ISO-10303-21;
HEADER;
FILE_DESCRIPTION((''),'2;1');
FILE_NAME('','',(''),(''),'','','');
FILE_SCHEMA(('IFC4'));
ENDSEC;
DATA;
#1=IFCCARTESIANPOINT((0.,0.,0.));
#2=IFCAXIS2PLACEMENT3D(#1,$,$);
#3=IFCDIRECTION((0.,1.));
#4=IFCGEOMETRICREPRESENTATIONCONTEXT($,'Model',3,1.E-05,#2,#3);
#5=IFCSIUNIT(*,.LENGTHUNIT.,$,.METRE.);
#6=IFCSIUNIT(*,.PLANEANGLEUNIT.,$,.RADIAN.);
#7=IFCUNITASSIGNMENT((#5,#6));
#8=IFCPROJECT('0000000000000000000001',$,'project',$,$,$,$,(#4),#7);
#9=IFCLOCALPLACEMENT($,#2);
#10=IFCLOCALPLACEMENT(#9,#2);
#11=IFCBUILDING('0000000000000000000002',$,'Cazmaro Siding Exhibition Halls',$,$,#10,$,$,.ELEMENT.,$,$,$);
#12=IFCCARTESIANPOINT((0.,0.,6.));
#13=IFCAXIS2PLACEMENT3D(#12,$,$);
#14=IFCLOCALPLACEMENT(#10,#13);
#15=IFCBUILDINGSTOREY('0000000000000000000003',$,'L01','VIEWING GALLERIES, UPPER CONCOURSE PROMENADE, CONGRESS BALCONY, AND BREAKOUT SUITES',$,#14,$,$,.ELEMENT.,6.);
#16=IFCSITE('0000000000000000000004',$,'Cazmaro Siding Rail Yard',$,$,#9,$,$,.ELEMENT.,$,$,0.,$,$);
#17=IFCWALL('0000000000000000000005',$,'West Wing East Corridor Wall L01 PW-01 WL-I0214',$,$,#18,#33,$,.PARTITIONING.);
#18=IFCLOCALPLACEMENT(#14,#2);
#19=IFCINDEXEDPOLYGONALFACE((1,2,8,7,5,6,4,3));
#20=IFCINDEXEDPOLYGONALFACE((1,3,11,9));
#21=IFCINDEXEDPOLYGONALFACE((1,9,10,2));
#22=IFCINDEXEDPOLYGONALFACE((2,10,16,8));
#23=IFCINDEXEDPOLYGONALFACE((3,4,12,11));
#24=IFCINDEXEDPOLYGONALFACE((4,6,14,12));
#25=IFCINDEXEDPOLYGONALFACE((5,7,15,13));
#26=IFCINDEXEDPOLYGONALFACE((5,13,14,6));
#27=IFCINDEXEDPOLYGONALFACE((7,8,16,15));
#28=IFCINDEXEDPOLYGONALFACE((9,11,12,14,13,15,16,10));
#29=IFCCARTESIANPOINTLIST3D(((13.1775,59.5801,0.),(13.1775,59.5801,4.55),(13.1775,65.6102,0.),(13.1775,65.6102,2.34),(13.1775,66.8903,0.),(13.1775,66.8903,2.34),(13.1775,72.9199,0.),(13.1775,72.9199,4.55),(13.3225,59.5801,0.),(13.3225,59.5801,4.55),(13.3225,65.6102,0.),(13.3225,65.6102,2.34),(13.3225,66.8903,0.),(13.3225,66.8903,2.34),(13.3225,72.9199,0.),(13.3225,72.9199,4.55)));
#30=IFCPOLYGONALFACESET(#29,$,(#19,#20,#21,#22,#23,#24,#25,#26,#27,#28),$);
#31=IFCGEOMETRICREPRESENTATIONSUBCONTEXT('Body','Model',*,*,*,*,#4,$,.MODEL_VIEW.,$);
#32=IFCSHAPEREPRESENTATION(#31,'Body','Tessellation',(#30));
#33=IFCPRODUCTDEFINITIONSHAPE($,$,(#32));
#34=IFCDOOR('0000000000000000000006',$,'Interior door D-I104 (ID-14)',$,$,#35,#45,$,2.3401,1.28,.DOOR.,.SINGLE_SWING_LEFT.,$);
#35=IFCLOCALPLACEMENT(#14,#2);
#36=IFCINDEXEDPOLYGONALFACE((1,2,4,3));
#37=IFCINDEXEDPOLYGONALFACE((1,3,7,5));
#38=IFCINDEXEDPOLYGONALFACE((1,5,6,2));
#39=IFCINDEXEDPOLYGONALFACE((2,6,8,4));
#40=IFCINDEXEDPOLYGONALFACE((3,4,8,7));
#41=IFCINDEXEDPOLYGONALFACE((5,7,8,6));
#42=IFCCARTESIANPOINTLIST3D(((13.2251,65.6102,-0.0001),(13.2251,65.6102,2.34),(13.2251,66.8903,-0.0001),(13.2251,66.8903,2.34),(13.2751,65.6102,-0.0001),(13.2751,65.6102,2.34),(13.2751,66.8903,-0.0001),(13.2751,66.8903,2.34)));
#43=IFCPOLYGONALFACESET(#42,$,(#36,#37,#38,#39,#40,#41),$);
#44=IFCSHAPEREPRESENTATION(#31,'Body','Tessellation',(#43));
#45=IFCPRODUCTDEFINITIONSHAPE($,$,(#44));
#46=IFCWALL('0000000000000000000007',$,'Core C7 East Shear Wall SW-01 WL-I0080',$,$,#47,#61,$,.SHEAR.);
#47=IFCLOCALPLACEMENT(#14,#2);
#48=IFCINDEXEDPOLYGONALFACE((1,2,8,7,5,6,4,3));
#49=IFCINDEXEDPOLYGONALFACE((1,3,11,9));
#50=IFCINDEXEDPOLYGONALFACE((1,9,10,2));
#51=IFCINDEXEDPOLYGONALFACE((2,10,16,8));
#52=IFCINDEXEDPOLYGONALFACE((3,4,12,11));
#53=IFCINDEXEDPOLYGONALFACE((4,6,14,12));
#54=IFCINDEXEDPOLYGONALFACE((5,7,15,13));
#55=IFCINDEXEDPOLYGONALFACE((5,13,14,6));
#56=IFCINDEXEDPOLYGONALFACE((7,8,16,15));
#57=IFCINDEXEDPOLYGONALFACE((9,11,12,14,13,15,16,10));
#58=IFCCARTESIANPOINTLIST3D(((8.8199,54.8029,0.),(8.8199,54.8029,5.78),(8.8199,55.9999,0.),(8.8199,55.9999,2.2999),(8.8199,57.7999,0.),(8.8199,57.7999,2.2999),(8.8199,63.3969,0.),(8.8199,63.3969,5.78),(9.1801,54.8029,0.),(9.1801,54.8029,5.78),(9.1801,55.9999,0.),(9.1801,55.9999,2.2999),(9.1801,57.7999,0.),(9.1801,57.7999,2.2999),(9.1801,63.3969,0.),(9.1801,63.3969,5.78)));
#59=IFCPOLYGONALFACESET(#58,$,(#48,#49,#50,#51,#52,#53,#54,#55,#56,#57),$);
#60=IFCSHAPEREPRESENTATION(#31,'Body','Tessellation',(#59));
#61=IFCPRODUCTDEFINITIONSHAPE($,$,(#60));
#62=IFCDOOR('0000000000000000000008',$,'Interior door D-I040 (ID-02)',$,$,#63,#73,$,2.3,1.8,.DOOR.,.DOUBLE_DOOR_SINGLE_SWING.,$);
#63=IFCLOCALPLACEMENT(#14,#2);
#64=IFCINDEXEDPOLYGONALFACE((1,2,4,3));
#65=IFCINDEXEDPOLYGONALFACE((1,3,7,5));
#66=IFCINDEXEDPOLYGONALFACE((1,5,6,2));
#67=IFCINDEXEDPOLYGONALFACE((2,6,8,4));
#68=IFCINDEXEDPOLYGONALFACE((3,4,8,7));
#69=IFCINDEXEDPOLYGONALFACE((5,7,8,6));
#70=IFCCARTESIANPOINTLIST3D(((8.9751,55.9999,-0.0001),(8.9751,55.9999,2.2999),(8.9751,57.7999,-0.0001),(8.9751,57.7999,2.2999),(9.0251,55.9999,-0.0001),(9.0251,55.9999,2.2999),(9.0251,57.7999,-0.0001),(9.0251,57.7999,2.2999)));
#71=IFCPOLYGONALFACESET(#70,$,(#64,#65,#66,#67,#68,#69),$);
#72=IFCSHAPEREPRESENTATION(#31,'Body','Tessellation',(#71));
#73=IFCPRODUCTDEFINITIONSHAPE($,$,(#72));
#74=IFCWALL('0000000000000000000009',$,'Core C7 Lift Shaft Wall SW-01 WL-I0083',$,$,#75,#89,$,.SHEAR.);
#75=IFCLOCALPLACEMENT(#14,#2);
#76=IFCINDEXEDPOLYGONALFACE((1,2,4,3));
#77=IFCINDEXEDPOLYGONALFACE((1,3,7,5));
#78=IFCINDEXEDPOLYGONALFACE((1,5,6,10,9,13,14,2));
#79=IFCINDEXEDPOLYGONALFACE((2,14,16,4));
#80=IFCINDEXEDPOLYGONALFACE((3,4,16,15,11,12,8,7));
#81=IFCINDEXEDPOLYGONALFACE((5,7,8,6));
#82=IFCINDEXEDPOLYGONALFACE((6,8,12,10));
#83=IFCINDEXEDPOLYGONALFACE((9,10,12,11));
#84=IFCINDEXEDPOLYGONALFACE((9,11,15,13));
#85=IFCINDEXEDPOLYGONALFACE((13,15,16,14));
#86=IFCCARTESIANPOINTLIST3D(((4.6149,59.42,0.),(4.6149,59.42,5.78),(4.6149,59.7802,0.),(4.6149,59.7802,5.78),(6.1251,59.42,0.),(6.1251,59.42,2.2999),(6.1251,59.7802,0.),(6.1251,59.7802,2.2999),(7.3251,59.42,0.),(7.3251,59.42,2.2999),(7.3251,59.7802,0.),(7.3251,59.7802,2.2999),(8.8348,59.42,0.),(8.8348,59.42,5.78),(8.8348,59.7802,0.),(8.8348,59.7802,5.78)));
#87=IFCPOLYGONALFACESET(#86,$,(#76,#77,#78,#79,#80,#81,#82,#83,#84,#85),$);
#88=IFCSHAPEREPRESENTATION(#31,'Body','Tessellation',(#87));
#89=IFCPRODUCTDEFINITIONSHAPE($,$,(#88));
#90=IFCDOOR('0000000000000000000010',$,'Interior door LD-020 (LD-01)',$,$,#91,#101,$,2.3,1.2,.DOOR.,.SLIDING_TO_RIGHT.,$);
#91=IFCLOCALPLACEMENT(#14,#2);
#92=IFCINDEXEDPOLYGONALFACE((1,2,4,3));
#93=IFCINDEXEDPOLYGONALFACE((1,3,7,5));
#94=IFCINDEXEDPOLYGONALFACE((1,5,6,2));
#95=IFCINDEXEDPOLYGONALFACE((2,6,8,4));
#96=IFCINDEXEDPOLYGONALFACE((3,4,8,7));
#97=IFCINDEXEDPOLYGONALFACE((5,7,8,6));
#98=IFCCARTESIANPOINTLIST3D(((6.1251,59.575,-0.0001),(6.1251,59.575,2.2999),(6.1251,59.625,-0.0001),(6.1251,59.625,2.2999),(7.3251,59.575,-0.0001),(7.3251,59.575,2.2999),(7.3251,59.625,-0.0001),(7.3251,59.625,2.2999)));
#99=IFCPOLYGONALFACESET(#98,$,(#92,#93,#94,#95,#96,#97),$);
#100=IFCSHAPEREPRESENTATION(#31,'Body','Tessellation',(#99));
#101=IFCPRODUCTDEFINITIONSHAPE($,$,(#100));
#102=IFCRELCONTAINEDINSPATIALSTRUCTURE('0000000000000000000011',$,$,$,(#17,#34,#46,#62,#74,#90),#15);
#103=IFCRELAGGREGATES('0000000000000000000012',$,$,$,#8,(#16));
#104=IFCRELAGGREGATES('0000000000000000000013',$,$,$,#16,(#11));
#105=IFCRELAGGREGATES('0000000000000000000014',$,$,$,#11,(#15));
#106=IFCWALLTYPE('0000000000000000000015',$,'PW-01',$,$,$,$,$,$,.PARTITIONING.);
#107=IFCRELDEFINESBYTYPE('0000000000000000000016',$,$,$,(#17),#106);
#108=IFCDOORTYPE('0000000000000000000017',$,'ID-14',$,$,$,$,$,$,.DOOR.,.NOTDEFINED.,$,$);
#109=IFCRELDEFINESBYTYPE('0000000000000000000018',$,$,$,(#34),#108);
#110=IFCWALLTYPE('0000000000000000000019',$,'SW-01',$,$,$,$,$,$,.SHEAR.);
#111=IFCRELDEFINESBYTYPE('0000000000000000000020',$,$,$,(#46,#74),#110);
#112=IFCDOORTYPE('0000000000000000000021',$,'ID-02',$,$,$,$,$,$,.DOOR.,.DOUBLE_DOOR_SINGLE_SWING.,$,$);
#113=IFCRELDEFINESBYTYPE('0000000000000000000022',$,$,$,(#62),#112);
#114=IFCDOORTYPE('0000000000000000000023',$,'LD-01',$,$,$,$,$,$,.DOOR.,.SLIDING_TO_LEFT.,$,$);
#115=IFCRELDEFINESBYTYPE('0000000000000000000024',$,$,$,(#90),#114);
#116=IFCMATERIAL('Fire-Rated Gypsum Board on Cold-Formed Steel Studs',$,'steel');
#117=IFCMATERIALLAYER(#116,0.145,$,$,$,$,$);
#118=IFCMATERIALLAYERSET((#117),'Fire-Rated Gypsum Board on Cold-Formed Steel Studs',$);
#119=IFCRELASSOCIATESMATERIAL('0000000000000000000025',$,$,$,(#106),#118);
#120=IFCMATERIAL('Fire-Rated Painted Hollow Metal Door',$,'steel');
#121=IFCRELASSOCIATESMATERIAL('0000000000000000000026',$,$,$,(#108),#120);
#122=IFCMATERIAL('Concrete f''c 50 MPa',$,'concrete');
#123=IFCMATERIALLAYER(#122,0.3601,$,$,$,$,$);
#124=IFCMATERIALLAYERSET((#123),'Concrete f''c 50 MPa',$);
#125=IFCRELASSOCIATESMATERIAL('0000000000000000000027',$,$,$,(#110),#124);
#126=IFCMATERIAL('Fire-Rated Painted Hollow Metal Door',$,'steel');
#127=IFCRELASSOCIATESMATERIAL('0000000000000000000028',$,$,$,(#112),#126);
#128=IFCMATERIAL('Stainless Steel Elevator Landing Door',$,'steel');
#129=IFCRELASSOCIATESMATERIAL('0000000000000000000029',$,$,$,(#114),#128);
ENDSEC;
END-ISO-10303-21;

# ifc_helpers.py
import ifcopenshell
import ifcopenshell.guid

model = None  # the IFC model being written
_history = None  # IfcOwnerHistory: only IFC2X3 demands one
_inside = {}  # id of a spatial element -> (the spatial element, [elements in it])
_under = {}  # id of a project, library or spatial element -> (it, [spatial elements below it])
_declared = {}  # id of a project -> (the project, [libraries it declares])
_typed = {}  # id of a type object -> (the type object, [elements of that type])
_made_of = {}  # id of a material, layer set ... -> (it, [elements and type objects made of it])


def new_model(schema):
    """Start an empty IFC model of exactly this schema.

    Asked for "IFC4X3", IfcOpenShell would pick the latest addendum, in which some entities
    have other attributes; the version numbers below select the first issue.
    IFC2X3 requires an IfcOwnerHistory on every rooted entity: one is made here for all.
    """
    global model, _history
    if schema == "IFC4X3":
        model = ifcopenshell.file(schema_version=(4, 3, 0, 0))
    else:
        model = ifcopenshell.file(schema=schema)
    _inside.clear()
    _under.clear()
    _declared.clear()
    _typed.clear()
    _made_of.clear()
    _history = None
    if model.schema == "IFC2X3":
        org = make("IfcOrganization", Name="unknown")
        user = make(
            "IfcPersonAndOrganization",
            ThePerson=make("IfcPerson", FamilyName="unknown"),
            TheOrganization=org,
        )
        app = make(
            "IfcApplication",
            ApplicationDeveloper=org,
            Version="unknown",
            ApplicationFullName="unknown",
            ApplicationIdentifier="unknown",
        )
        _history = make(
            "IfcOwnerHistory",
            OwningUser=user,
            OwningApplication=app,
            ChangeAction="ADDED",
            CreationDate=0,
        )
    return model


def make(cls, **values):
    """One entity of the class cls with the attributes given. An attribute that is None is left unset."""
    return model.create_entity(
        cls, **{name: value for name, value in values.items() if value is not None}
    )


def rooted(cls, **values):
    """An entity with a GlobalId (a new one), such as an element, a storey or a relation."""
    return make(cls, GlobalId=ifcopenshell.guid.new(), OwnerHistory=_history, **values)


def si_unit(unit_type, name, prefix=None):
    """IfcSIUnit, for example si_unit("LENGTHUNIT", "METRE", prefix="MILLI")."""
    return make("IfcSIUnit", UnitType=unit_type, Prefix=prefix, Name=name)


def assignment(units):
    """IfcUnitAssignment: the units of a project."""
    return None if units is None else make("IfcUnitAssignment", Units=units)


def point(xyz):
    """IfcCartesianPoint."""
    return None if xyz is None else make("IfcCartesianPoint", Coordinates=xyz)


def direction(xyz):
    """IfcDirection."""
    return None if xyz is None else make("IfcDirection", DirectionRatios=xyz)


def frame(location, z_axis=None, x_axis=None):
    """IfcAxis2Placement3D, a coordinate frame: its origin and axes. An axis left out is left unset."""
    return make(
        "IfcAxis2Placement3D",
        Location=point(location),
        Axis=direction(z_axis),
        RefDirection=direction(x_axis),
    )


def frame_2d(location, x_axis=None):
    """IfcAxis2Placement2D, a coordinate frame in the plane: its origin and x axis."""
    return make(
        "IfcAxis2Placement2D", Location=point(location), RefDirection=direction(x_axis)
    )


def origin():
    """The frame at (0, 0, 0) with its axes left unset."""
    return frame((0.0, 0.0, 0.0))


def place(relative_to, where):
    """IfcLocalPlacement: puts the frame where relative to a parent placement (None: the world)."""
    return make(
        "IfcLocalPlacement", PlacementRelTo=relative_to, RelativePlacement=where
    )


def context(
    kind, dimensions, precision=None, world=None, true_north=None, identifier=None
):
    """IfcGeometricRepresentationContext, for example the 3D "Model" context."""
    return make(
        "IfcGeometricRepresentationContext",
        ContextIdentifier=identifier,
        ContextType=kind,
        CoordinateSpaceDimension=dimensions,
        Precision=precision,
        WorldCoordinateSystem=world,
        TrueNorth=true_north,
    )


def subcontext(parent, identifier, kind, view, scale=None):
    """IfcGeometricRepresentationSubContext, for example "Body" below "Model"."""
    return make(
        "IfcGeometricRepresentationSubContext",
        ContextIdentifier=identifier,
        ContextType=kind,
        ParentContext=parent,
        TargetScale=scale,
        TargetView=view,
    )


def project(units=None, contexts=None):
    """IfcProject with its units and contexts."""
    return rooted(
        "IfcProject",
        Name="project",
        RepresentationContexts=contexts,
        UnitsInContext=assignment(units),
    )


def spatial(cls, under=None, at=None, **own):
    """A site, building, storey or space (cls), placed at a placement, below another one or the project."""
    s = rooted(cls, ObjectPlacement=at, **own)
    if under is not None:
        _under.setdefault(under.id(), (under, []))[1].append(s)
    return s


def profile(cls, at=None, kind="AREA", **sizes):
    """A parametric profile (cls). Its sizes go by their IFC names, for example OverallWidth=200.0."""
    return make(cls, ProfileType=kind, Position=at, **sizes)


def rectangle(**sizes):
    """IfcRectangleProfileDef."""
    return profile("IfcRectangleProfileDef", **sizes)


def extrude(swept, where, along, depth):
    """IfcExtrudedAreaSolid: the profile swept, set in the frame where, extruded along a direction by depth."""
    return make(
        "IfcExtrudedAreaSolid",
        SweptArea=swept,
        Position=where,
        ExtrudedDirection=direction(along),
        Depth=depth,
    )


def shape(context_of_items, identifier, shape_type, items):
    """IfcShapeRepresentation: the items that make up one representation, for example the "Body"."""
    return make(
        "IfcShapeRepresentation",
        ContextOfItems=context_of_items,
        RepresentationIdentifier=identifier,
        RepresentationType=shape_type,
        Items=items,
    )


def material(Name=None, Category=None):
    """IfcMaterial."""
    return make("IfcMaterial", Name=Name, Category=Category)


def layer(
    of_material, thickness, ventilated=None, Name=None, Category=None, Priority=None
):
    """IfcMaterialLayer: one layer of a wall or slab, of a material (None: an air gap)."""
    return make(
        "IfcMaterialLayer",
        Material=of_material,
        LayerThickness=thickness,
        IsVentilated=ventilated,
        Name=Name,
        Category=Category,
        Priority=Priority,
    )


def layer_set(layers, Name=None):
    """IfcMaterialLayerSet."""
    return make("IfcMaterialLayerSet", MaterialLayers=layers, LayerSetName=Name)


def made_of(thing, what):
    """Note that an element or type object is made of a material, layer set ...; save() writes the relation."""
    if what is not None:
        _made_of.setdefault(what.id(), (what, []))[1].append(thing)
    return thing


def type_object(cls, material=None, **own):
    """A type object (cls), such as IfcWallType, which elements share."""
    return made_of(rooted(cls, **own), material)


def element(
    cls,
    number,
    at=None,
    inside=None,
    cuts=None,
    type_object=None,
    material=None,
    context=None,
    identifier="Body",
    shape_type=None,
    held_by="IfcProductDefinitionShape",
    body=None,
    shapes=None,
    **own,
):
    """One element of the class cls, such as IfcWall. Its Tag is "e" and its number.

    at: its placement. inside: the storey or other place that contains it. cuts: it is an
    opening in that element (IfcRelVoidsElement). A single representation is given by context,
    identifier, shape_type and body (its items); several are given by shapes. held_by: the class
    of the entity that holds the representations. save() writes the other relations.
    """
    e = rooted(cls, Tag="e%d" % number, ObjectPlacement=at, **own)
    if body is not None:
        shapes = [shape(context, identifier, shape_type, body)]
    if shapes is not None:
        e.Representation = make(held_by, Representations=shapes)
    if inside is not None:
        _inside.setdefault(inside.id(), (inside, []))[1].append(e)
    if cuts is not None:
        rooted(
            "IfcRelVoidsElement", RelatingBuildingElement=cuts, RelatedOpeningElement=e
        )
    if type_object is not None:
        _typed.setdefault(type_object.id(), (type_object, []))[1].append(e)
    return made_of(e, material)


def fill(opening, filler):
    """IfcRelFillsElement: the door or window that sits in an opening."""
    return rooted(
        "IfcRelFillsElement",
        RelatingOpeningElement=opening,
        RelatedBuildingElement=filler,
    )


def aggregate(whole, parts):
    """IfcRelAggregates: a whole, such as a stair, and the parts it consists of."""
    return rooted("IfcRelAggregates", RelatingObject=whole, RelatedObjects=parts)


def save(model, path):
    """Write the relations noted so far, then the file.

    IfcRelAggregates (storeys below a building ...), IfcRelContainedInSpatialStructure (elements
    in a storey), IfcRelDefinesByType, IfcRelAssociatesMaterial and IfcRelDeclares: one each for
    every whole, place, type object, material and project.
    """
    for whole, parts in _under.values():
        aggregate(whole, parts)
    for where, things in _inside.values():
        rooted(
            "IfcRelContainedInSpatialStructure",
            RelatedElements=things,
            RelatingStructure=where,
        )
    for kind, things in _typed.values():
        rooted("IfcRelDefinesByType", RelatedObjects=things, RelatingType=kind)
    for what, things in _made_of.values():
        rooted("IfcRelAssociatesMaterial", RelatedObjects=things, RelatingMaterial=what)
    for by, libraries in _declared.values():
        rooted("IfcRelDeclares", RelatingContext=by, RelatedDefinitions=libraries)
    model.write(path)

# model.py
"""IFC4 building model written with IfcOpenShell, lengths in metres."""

from ifc_helpers import new_model, si_unit, direction, frame, frame_2d, origin, place, context, subcontext, project, spatial, rectangle, extrude, material, layer, layer_set, type_object, element, fill, save


model = new_model("IFC4")

# Units and contexts
model_context = context("Model", 3, precision=1e-05, world=origin(), true_north=direction((0.0, 1.0)))
body_context = subcontext(model_context, "Body", "Model", "MODEL_VIEW")
ifc_project = project(units=[si_unit("LENGTHUNIT", "METRE"), si_unit("PLANEANGLEUNIT", "RADIAN")], contexts=[model_context])

# Site, building, storey
site_placement = place(None, origin())
site = spatial("IfcSite", under=ifc_project, at=site_placement, Name="Cazmaro Siding Rail Yard", CompositionType="ELEMENT", RefElevation=0.0)
building_placement = place(site_placement, origin())
building = spatial("IfcBuilding", under=site, at=building_placement, Name="Cazmaro Siding Exhibition Halls", CompositionType="ELEMENT")
storey_placement = place(building_placement, frame((0.0, 0.0, 6.0)))
storey = spatial("IfcBuildingStorey", under=building, at=storey_placement, Name="L01", Description="VIEWING GALLERIES, UPPER CONCOURSE PROMENADE, CONGRESS BALCONY, AND BREAKOUT SUITES", CompositionType="ELEMENT", Elevation=6.0)

# Shared definitions
ifc_material_1 = material(Name="Fire-Rated Gypsum Board on Cold-Formed Steel Studs", Category="steel")
ifc_layer_1 = layer(ifc_material_1, 0.145)
ifc_layer_set_1 = layer_set([ifc_layer_1], Name="Fire-Rated Gypsum Board on Cold-Formed Steel Studs")
wall_type_1 = type_object("IfcWallType", Name="PW-01", PredefinedType="PARTITIONING", material=ifc_layer_set_1)

# Walls, openings, doors
wall_1_placement = place(storey_placement, frame((13.25, 59.5801, 0.0), z_axis=(0.0, 0.0, 1.0), x_axis=(0.0, 1.0, 0.0)))
wall_1 = element("IfcWall", 1, at=wall_1_placement, inside=storey, type_object=wall_type_1, Name="West Wing East Corridor Wall L01 PW-01 WL-I0214", PredefinedType="PARTITIONING", context=body_context, shape_type="SweptSolid", body=[
    extrude(rectangle(XDim=13.3398, YDim=0.145, at=frame_2d((6.6699, 0.0))), origin(), (0.0, 0.0, 1.0), 4.55),
])
opening_1_placement = place(wall_1_placement, frame((6.03, 0.0, 0.0)))
opening_1 = element("IfcOpeningElement", 2, at=opening_1_placement, cuts=wall_1, PredefinedType="OPENING", context=body_context, shape_type="SweptSolid", body=[
    extrude(rectangle(XDim=1.28, YDim=2.3401, at=frame_2d((0.6401, 1.1699))), frame((0.0, 0.0825, 0.0), z_axis=(0.0, -1.0, 0.0), x_axis=(1.0, 0.0, 0.0)), (0.0, 0.0, 1.0), 0.165),
])
ifc_material_2 = material(Name="Fire-Rated Painted Hollow Metal Door", Category="steel")
door_type_1 = type_object("IfcDoorType", Name="ID-14", OperationType="NOTDEFINED", PredefinedType="DOOR", material=ifc_material_2)
door_1_placement = place(opening_1_placement, origin())
door_1 = element("IfcDoor", 3, at=door_1_placement, inside=storey, type_object=door_type_1, Name="Interior door D-I104 (ID-14)", OperationType="SINGLE_SWING_LEFT", OverallHeight=2.3401, OverallWidth=1.28, PredefinedType="DOOR", context=body_context, shape_type="SweptSolid", body=[
    extrude(rectangle(XDim=1.28, YDim=2.3401, at=frame_2d((0.6401, 1.1699))), frame((0.0, 0.0249, 0.0), z_axis=(0.0, -1.0, 0.0), x_axis=(1.0, 0.0, 0.0)), (0.0, 0.0, 1.0), 0.05),
])
fill(opening_1, door_1)
ifc_material_3 = material(Name="Concrete f'c 50 MPa", Category="concrete")
ifc_layer_2 = layer(ifc_material_3, 0.3601)
ifc_layer_set_2 = layer_set([ifc_layer_2], Name="Concrete f'c 50 MPa")
wall_type_2 = type_object("IfcWallType", Name="SW-01", PredefinedType="SHEAR", material=ifc_layer_set_2)
wall_2_placement = place(storey_placement, frame((9.0, 54.803, 0.0), z_axis=(0.0, 0.0, 1.0), x_axis=(0.0, 1.0, 0.0)))
wall_2 = element("IfcWall", 4, at=wall_2_placement, inside=storey, type_object=wall_type_2, Name="Core C7 East Shear Wall SW-01 WL-I0080", PredefinedType="SHEAR", context=body_context, shape_type="SweptSolid", body=[
    extrude(rectangle(XDim=8.594, YDim=0.3601, at=frame_2d((4.2969, 0.0))), origin(), (0.0, 0.0, 1.0), 5.78),
])
opening_2_placement = place(wall_2_placement, frame((1.197, 0.0, 0.0)))
opening_2 = element("IfcOpeningElement", 5, at=opening_2_placement, cuts=wall_2, PredefinedType="OPENING", context=body_context, shape_type="SweptSolid", body=[
    extrude(rectangle(XDim=1.8, YDim=2.3, at=frame_2d((0.8999, 1.1499))), frame((0.0, 0.1899, 0.0), z_axis=(0.0, -1.0, 0.0), x_axis=(1.0, 0.0, 0.0)), (0.0, 0.0, 1.0), 0.3801),
])
ifc_material_4 = material(Name="Fire-Rated Painted Hollow Metal Door", Category="steel")
door_type_2 = type_object("IfcDoorType", Name="ID-02", OperationType="DOUBLE_DOOR_SINGLE_SWING", PredefinedType="DOOR", material=ifc_material_4)
door_2_placement = place(opening_2_placement, origin())
door_2 = element("IfcDoor", 6, at=door_2_placement, inside=storey, type_object=door_type_2, Name="Interior door D-I040 (ID-02)", OperationType="DOUBLE_DOOR_SINGLE_SWING", OverallHeight=2.3, OverallWidth=1.8, PredefinedType="DOOR", context=body_context, shape_type="SweptSolid", body=[
    extrude(rectangle(XDim=1.8, YDim=2.3, at=frame_2d((0.8999, 1.1499))), frame((0.0, 0.0249, 0.0), z_axis=(0.0, -1.0, 0.0), x_axis=(1.0, 0.0, 0.0)), (0.0, 0.0, 1.0), 0.05),
])
fill(opening_2, door_2)
wall_3_placement = place(storey_placement, frame((4.615, 59.6001, 0.0), z_axis=(0.0, 0.0, 1.0), x_axis=(1.0, 0.0, 0.0)))
wall_3 = element("IfcWall", 7, at=wall_3_placement, inside=storey, type_object=wall_type_2, Name="Core C7 Lift Shaft Wall SW-01 WL-I0083", PredefinedType="SHEAR", context=body_context, shape_type="SweptSolid", body=[
    extrude(rectangle(XDim=4.22, YDim=0.3601, at=frame_2d((2.1099, 0.0))), origin(), (0.0, 0.0, 1.0), 5.78),
])
opening_3_placement = place(wall_3_placement, frame((1.51, 0.0, 0.0)))
opening_3 = element("IfcOpeningElement", 8, at=opening_3_placement, cuts=wall_3, PredefinedType="OPENING", context=body_context, shape_type="SweptSolid", body=[
    extrude(rectangle(XDim=1.2, YDim=2.3, at=frame_2d((0.6001, 1.1499))), frame((0.0, 0.1899, 0.0), z_axis=(0.0, -1.0, 0.0), x_axis=(1.0, 0.0, 0.0)), (0.0, 0.0, 1.0), 0.3801),
])
ifc_material_5 = material(Name="Stainless Steel Elevator Landing Door", Category="steel")
door_type_3 = type_object("IfcDoorType", Name="LD-01", OperationType="SLIDING_TO_LEFT", PredefinedType="DOOR", material=ifc_material_5)
door_3_placement = place(opening_3_placement, origin())
door_3 = element("IfcDoor", 9, at=door_3_placement, inside=storey, type_object=door_type_3, Name="Interior door LD-020 (LD-01)", OperationType="SLIDING_TO_RIGHT", OverallHeight=2.3, OverallWidth=1.2, PredefinedType="DOOR", context=body_context, shape_type="SweptSolid", body=[
    extrude(rectangle(XDim=1.2, YDim=2.3, at=frame_2d((0.6001, 1.1499))), frame((0.0, 0.0249, 0.0), z_axis=(0.0, -1.0, 0.0), x_axis=(1.0, 0.0, 0.0)), (0.0, 0.0, 1.0), 0.05),
])
fill(opening_3, door_3)

save(model, "model.ifc")
